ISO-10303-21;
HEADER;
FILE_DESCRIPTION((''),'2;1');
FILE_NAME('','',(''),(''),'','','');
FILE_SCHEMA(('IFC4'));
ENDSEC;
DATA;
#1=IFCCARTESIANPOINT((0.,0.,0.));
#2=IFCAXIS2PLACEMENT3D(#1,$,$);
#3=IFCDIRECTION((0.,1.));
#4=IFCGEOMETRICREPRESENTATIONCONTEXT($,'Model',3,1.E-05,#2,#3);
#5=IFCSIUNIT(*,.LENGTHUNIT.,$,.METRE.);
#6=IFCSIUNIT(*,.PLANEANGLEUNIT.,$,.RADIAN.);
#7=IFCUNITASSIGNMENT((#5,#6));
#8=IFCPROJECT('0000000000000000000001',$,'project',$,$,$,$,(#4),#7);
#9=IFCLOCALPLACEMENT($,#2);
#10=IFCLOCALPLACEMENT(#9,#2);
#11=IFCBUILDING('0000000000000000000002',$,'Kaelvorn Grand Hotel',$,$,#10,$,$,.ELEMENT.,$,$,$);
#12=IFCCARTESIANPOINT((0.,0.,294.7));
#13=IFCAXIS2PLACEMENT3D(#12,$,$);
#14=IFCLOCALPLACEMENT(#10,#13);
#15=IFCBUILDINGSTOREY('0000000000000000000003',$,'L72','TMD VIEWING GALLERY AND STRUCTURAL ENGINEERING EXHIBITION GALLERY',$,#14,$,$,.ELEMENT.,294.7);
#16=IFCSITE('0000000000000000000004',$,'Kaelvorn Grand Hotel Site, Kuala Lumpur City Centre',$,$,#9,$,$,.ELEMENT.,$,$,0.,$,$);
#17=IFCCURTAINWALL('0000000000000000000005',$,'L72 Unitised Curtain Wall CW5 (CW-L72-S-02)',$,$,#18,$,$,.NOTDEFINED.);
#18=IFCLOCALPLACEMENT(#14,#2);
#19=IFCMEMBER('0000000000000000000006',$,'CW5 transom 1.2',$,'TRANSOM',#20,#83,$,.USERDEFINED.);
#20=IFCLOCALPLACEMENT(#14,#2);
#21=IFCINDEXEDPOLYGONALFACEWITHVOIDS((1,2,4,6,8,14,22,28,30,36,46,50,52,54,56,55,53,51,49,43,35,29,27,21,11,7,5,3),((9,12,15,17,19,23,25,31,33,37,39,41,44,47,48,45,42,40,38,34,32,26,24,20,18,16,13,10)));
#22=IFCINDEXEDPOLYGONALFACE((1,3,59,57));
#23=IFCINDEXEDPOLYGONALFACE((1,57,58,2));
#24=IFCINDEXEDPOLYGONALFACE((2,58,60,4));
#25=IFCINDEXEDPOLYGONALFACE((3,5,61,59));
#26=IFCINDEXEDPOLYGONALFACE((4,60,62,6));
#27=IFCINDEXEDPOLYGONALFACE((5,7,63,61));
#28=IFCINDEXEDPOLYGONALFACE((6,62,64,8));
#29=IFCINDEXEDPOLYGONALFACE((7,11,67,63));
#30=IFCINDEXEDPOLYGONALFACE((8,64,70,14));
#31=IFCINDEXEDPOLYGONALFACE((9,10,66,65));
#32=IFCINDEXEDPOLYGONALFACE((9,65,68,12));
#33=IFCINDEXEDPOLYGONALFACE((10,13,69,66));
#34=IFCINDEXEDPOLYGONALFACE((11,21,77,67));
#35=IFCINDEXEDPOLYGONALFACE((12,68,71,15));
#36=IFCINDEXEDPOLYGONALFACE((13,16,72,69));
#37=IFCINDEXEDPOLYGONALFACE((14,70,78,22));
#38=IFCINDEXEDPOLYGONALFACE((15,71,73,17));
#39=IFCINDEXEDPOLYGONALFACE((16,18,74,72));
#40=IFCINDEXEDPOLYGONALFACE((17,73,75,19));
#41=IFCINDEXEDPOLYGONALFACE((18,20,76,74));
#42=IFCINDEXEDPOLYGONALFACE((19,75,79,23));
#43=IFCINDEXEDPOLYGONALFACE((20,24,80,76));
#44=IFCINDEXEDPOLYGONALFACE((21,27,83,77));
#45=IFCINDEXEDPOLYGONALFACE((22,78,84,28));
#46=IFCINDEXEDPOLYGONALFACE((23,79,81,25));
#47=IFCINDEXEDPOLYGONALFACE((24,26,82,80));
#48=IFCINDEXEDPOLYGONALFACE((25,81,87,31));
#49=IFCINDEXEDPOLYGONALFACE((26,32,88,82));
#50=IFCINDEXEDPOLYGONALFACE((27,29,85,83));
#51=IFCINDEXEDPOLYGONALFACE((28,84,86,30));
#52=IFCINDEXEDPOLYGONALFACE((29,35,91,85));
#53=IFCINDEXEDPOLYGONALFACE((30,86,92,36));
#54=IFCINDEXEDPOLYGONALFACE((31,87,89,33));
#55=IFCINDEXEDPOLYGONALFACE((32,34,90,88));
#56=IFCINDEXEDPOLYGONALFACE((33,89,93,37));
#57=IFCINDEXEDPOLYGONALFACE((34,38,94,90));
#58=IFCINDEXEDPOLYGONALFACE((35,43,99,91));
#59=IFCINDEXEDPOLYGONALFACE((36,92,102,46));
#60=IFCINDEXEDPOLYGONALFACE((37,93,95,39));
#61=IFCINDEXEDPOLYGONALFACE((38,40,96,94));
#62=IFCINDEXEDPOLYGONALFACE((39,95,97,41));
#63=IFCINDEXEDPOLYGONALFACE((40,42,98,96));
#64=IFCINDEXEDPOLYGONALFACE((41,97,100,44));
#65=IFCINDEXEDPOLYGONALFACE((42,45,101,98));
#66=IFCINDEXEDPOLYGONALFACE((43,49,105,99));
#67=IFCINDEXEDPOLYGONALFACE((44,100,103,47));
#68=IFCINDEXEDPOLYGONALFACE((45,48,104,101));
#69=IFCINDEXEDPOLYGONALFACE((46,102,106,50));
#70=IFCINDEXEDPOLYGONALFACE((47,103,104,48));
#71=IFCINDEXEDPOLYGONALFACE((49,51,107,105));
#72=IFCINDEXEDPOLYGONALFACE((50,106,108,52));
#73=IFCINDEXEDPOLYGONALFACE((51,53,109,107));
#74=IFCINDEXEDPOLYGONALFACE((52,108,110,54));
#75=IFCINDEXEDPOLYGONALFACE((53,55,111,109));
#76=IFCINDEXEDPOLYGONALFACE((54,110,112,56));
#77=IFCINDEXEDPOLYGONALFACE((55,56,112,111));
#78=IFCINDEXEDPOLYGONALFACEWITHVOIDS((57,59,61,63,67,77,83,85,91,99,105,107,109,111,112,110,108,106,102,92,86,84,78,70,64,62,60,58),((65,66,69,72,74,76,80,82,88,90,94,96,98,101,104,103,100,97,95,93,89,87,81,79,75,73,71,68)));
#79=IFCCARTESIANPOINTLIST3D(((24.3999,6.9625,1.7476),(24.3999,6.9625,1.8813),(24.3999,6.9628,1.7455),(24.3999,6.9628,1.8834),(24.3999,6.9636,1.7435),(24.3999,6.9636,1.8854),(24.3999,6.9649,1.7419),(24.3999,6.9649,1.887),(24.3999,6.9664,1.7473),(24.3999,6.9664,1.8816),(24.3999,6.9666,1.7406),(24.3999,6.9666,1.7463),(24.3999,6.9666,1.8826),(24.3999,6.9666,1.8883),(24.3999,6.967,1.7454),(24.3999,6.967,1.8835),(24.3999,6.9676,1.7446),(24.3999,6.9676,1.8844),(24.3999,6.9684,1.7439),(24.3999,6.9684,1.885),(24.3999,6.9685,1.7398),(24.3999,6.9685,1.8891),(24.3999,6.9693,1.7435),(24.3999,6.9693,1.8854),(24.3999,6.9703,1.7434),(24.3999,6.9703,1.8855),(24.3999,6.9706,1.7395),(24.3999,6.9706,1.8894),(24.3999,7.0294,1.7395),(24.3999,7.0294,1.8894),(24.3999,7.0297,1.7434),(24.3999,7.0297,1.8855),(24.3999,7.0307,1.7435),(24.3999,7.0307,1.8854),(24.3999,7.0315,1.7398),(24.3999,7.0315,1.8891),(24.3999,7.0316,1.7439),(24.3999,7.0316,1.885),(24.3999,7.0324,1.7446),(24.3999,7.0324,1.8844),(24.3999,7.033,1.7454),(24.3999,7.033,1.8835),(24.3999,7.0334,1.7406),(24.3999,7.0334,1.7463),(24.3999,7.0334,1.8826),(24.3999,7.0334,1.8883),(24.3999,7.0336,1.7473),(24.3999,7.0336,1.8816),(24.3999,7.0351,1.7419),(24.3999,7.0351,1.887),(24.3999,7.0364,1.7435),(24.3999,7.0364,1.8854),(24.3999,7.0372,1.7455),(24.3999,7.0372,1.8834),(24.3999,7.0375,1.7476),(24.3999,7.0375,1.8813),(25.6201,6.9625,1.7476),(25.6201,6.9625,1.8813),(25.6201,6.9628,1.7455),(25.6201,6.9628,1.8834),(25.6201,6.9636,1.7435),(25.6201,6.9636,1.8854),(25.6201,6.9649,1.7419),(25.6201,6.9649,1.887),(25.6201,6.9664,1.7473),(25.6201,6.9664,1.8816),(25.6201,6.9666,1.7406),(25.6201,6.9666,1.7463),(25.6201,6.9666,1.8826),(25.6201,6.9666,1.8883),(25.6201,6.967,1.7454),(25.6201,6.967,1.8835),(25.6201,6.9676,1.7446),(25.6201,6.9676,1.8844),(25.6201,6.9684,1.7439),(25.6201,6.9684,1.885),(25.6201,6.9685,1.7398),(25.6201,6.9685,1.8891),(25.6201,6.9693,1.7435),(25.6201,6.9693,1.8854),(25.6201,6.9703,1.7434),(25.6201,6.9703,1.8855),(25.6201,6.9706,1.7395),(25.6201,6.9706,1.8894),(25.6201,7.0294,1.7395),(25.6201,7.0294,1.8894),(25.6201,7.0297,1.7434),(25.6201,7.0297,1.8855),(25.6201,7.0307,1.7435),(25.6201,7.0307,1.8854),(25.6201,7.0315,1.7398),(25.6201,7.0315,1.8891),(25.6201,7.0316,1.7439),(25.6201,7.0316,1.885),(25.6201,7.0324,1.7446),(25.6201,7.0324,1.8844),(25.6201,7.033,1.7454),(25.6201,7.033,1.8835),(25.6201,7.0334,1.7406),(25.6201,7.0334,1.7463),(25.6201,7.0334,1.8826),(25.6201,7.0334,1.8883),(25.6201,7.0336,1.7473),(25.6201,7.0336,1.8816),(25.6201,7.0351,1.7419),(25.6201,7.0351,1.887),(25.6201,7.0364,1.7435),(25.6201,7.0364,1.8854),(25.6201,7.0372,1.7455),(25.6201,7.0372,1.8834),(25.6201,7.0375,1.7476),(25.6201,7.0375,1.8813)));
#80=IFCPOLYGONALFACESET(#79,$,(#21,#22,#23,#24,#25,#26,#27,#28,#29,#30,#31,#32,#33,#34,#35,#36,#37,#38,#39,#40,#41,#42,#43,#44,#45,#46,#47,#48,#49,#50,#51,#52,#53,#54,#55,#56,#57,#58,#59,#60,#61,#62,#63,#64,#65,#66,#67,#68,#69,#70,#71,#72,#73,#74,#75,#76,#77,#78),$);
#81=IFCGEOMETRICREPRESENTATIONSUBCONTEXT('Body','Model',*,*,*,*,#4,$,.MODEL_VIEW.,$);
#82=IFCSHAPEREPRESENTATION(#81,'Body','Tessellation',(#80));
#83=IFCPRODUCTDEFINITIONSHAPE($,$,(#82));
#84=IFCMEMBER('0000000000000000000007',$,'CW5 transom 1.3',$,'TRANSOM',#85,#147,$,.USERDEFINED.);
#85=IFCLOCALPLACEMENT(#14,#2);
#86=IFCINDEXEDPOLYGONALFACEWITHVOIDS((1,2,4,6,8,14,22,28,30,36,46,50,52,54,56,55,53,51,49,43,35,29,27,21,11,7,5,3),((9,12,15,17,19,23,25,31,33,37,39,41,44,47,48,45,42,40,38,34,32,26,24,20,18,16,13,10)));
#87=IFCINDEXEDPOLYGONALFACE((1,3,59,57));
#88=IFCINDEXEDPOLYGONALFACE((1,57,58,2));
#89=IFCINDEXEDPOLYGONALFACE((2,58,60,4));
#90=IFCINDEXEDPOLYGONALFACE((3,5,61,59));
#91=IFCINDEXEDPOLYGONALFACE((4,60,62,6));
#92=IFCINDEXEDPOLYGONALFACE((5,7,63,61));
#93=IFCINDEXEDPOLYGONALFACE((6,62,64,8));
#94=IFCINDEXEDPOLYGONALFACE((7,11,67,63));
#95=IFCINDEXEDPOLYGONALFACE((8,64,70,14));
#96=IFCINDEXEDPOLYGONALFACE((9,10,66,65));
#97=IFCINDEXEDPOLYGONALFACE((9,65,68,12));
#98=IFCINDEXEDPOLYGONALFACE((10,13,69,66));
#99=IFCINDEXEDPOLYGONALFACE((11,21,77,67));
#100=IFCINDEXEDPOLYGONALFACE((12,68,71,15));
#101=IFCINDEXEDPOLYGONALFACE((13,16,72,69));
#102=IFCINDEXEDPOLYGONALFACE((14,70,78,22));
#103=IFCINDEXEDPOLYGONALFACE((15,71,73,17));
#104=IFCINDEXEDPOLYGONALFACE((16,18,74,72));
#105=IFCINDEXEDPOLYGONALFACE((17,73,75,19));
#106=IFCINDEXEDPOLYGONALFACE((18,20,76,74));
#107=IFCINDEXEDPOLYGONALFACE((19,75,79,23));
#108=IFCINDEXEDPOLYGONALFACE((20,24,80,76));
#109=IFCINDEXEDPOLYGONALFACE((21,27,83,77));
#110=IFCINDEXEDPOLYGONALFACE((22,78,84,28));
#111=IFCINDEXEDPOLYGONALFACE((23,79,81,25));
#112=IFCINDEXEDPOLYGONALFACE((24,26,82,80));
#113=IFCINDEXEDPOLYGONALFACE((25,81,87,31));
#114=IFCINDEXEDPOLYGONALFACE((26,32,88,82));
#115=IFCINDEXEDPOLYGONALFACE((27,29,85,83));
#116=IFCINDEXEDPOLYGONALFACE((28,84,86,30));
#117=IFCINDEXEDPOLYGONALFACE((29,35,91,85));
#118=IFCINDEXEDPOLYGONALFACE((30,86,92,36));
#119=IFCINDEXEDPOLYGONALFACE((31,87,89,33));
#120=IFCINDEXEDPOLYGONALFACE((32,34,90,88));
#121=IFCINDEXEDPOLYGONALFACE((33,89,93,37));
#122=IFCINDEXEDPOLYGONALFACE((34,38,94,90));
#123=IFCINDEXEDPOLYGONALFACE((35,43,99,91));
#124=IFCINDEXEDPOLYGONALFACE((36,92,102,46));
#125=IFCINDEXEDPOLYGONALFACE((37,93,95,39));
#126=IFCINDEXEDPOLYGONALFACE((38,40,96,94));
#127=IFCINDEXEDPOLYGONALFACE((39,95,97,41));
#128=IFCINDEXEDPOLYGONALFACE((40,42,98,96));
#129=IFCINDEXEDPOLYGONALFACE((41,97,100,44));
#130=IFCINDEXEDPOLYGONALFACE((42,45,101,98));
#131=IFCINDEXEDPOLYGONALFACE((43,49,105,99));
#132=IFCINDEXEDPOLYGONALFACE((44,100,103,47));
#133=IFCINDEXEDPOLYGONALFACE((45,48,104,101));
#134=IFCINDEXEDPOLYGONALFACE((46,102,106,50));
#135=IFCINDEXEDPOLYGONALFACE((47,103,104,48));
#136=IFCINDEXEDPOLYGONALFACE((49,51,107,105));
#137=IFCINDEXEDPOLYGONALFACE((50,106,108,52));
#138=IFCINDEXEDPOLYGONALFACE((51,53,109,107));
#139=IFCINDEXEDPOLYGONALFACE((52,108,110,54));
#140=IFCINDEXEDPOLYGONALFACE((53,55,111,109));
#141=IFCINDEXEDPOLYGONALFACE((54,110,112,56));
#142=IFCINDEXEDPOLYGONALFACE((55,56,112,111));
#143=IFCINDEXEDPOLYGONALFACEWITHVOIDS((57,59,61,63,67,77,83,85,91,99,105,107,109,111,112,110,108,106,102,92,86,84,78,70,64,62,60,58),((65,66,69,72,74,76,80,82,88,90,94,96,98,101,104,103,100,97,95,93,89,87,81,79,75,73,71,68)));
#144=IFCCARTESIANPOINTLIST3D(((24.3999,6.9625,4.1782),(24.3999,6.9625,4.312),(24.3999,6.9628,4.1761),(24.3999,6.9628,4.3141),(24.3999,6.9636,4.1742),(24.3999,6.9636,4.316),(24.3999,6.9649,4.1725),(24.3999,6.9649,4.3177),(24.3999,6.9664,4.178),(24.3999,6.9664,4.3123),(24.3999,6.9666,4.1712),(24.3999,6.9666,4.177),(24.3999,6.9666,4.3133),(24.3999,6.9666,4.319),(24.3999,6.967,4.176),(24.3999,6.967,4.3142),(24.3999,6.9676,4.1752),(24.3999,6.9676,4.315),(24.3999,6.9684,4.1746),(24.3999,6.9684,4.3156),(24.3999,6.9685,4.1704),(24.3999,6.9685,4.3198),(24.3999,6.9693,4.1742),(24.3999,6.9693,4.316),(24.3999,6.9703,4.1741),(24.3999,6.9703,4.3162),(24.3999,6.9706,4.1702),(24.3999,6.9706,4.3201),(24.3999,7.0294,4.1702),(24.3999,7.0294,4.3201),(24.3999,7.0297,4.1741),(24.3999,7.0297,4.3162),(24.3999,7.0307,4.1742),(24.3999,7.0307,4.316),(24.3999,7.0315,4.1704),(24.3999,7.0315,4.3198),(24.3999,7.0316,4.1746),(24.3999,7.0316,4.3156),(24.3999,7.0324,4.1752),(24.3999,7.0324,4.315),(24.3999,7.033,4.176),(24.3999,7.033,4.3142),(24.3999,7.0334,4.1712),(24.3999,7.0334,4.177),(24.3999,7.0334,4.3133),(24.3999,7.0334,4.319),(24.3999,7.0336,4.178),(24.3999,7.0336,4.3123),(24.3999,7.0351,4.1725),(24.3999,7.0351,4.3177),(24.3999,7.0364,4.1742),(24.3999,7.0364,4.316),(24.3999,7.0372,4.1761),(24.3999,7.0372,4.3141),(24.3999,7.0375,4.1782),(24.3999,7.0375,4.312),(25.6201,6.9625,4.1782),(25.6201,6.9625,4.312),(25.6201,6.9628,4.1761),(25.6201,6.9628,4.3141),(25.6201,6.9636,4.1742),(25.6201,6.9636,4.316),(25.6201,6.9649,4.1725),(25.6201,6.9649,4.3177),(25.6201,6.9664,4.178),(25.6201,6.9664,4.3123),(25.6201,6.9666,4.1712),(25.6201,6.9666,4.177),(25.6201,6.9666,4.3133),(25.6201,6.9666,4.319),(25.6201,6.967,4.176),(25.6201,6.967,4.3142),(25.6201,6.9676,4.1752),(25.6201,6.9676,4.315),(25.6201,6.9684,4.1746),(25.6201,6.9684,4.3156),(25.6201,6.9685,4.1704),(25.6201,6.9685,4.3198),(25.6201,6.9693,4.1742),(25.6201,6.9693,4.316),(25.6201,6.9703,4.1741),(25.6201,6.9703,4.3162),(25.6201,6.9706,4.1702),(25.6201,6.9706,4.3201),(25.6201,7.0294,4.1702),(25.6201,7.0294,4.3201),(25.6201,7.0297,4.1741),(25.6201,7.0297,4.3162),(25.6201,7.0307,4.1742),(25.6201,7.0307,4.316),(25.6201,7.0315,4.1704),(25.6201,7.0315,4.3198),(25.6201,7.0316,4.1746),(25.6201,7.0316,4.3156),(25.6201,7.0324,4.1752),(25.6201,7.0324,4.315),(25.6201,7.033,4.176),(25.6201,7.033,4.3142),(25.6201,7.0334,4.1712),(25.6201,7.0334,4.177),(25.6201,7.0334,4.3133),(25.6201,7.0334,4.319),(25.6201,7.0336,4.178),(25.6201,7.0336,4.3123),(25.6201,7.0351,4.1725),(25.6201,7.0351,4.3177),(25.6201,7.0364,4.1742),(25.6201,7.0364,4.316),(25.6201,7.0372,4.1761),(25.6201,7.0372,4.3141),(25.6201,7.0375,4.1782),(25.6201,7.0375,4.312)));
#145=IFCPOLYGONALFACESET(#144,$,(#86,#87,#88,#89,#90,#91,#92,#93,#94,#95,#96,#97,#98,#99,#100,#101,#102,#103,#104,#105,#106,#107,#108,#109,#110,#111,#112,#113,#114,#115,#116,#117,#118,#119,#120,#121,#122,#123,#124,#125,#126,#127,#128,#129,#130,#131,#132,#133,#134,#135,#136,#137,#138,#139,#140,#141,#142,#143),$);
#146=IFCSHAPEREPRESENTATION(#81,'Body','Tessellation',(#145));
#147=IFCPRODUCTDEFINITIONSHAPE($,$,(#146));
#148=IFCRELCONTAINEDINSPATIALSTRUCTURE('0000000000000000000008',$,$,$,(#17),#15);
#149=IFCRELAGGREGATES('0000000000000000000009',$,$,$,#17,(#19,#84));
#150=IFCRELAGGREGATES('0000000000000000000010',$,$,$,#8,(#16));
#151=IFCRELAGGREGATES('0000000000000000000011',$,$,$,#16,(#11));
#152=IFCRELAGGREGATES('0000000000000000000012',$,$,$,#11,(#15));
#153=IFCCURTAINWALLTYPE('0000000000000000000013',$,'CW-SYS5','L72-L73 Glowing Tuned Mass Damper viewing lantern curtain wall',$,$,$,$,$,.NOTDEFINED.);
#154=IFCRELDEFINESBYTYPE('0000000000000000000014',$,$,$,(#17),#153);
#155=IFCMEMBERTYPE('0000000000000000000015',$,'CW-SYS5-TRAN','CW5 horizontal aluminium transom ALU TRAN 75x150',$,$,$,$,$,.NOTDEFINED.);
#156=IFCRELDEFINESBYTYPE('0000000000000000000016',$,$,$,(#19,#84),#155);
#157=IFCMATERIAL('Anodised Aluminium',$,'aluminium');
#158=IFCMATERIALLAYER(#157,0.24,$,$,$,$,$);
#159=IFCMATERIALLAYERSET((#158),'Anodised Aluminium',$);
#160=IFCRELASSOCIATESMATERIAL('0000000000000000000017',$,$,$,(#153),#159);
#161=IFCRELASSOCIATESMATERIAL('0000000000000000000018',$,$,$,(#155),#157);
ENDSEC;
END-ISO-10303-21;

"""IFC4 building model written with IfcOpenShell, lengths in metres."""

from ifc_helpers import new_model, si_unit, direction, frame, origin, origin_2d, place, context, subcontext, project, spatial, hollow_rectangle, extrude, material, layer, layer_set, material_profile, profile_set, type_object, element, aggregate, save


model = new_model("IFC4")

# Units and contexts
model_context = context("Model", 3, precision=1e-05, world=origin(), true_north=direction((0.0, 1.0)))
body_context = subcontext(model_context, "Body", "Model", "MODEL_VIEW")
ifc_project = project(units=[si_unit("LENGTHUNIT", "METRE"), si_unit("PLANEANGLEUNIT", "RADIAN")], contexts=[model_context])

# Site, building, storey
site_placement = place(None, origin())
site = spatial("IfcSite", under=ifc_project, at=site_placement, Name="Kaelvorn Grand Hotel Site, Kuala Lumpur City Centre", CompositionType="ELEMENT", RefElevation=0.0)
building_placement = place(site_placement, origin())
building = spatial("IfcBuilding", under=site, at=building_placement, Name="Kaelvorn Grand Hotel", CompositionType="ELEMENT")
storey_placement = place(building_placement, frame((0.0, 0.0, 294.7)))
storey = spatial("IfcBuildingStorey", under=building, at=storey_placement, Name="L72", Description="TMD VIEWING GALLERY AND STRUCTURAL ENGINEERING EXHIBITION GALLERY", CompositionType="ELEMENT", Elevation=294.7)

# Curtain wall, members
ifc_material_1 = material(Name="Anodised Aluminium", Category="aluminium")
ifc_layer_1 = layer(ifc_material_1, 0.24)
ifc_layer_set_1 = layer_set([ifc_layer_1], Name="Anodised Aluminium")
curtain_wall_type = type_object("IfcCurtainWallType", Name="CW-SYS5", Description="L72-L73 Glowing Tuned Mass Damper viewing lantern curtain wall", PredefinedType="NOTDEFINED", material=ifc_layer_set_1)
curtain_wall_placement = place(storey_placement, origin())
curtain_wall = element("IfcCurtainWall", 1, at=curtain_wall_placement, inside=storey, type_object=curtain_wall_type, Name="L72 Unitised Curtain Wall CW5 (CW-L72-S-02)", PredefinedType="NOTDEFINED")
ifc_material_profile_1 = material_profile(ifc_material_1, hollow_rectangle(XDim=0.075, YDim=0.1499, WallThickness=0.0039, InnerFilletRadius=0.0039, OuterFilletRadius=0.0081, at=origin_2d()), Name="ALU TRAN 75x150")
ifc_profile_set_1 = profile_set([ifc_material_profile_1], Name="Anodised Aluminium")
member_type_1 = type_object("IfcMemberType", Name="CW-SYS5-TRAN", Description="CW5 horizontal aluminium transom ALU TRAN 75x150", PredefinedType="NOTDEFINED", material=ifc_profile_set_1)
member_1_placement = place(storey_placement, frame((24.3999, 7.0, 1.8145), z_axis=(1.0, 0.0, 0.0), x_axis=(0.0, 1.0, 0.0)))
member_1 = element("IfcMember", 2, at=member_1_placement, type_object=member_type_1, Name="CW5 transom 1.2", ObjectType="TRANSOM", PredefinedType="USERDEFINED", context=body_context, shape_type="SweptSolid", body=[
    extrude(hollow_rectangle(XDim=0.075, YDim=0.1499, WallThickness=0.0039, InnerFilletRadius=0.0039, OuterFilletRadius=0.0081, at=origin_2d()), origin(), (0.0, 0.0, 1.0), 1.2202),
])
member_2_placement = place(storey_placement, frame((24.3999, 7.0, 4.2451), z_axis=(1.0, 0.0, 0.0), x_axis=(0.0, 1.0, 0.0)))
member_2 = element("IfcMember", 3, at=member_2_placement, type_object=member_type_1, Name="CW5 transom 1.3", ObjectType="TRANSOM", PredefinedType="USERDEFINED", context=body_context, shape_type="SweptSolid", body=[
    extrude(hollow_rectangle(XDim=0.075, YDim=0.1499, WallThickness=0.0039, InnerFilletRadius=0.0039, OuterFilletRadius=0.0081, at=origin_2d()), origin(), (0.0, 0.0, 1.0), 1.2202),
])
aggregate(curtain_wall, [member_1, member_2])

save(model, "model.ifc")
